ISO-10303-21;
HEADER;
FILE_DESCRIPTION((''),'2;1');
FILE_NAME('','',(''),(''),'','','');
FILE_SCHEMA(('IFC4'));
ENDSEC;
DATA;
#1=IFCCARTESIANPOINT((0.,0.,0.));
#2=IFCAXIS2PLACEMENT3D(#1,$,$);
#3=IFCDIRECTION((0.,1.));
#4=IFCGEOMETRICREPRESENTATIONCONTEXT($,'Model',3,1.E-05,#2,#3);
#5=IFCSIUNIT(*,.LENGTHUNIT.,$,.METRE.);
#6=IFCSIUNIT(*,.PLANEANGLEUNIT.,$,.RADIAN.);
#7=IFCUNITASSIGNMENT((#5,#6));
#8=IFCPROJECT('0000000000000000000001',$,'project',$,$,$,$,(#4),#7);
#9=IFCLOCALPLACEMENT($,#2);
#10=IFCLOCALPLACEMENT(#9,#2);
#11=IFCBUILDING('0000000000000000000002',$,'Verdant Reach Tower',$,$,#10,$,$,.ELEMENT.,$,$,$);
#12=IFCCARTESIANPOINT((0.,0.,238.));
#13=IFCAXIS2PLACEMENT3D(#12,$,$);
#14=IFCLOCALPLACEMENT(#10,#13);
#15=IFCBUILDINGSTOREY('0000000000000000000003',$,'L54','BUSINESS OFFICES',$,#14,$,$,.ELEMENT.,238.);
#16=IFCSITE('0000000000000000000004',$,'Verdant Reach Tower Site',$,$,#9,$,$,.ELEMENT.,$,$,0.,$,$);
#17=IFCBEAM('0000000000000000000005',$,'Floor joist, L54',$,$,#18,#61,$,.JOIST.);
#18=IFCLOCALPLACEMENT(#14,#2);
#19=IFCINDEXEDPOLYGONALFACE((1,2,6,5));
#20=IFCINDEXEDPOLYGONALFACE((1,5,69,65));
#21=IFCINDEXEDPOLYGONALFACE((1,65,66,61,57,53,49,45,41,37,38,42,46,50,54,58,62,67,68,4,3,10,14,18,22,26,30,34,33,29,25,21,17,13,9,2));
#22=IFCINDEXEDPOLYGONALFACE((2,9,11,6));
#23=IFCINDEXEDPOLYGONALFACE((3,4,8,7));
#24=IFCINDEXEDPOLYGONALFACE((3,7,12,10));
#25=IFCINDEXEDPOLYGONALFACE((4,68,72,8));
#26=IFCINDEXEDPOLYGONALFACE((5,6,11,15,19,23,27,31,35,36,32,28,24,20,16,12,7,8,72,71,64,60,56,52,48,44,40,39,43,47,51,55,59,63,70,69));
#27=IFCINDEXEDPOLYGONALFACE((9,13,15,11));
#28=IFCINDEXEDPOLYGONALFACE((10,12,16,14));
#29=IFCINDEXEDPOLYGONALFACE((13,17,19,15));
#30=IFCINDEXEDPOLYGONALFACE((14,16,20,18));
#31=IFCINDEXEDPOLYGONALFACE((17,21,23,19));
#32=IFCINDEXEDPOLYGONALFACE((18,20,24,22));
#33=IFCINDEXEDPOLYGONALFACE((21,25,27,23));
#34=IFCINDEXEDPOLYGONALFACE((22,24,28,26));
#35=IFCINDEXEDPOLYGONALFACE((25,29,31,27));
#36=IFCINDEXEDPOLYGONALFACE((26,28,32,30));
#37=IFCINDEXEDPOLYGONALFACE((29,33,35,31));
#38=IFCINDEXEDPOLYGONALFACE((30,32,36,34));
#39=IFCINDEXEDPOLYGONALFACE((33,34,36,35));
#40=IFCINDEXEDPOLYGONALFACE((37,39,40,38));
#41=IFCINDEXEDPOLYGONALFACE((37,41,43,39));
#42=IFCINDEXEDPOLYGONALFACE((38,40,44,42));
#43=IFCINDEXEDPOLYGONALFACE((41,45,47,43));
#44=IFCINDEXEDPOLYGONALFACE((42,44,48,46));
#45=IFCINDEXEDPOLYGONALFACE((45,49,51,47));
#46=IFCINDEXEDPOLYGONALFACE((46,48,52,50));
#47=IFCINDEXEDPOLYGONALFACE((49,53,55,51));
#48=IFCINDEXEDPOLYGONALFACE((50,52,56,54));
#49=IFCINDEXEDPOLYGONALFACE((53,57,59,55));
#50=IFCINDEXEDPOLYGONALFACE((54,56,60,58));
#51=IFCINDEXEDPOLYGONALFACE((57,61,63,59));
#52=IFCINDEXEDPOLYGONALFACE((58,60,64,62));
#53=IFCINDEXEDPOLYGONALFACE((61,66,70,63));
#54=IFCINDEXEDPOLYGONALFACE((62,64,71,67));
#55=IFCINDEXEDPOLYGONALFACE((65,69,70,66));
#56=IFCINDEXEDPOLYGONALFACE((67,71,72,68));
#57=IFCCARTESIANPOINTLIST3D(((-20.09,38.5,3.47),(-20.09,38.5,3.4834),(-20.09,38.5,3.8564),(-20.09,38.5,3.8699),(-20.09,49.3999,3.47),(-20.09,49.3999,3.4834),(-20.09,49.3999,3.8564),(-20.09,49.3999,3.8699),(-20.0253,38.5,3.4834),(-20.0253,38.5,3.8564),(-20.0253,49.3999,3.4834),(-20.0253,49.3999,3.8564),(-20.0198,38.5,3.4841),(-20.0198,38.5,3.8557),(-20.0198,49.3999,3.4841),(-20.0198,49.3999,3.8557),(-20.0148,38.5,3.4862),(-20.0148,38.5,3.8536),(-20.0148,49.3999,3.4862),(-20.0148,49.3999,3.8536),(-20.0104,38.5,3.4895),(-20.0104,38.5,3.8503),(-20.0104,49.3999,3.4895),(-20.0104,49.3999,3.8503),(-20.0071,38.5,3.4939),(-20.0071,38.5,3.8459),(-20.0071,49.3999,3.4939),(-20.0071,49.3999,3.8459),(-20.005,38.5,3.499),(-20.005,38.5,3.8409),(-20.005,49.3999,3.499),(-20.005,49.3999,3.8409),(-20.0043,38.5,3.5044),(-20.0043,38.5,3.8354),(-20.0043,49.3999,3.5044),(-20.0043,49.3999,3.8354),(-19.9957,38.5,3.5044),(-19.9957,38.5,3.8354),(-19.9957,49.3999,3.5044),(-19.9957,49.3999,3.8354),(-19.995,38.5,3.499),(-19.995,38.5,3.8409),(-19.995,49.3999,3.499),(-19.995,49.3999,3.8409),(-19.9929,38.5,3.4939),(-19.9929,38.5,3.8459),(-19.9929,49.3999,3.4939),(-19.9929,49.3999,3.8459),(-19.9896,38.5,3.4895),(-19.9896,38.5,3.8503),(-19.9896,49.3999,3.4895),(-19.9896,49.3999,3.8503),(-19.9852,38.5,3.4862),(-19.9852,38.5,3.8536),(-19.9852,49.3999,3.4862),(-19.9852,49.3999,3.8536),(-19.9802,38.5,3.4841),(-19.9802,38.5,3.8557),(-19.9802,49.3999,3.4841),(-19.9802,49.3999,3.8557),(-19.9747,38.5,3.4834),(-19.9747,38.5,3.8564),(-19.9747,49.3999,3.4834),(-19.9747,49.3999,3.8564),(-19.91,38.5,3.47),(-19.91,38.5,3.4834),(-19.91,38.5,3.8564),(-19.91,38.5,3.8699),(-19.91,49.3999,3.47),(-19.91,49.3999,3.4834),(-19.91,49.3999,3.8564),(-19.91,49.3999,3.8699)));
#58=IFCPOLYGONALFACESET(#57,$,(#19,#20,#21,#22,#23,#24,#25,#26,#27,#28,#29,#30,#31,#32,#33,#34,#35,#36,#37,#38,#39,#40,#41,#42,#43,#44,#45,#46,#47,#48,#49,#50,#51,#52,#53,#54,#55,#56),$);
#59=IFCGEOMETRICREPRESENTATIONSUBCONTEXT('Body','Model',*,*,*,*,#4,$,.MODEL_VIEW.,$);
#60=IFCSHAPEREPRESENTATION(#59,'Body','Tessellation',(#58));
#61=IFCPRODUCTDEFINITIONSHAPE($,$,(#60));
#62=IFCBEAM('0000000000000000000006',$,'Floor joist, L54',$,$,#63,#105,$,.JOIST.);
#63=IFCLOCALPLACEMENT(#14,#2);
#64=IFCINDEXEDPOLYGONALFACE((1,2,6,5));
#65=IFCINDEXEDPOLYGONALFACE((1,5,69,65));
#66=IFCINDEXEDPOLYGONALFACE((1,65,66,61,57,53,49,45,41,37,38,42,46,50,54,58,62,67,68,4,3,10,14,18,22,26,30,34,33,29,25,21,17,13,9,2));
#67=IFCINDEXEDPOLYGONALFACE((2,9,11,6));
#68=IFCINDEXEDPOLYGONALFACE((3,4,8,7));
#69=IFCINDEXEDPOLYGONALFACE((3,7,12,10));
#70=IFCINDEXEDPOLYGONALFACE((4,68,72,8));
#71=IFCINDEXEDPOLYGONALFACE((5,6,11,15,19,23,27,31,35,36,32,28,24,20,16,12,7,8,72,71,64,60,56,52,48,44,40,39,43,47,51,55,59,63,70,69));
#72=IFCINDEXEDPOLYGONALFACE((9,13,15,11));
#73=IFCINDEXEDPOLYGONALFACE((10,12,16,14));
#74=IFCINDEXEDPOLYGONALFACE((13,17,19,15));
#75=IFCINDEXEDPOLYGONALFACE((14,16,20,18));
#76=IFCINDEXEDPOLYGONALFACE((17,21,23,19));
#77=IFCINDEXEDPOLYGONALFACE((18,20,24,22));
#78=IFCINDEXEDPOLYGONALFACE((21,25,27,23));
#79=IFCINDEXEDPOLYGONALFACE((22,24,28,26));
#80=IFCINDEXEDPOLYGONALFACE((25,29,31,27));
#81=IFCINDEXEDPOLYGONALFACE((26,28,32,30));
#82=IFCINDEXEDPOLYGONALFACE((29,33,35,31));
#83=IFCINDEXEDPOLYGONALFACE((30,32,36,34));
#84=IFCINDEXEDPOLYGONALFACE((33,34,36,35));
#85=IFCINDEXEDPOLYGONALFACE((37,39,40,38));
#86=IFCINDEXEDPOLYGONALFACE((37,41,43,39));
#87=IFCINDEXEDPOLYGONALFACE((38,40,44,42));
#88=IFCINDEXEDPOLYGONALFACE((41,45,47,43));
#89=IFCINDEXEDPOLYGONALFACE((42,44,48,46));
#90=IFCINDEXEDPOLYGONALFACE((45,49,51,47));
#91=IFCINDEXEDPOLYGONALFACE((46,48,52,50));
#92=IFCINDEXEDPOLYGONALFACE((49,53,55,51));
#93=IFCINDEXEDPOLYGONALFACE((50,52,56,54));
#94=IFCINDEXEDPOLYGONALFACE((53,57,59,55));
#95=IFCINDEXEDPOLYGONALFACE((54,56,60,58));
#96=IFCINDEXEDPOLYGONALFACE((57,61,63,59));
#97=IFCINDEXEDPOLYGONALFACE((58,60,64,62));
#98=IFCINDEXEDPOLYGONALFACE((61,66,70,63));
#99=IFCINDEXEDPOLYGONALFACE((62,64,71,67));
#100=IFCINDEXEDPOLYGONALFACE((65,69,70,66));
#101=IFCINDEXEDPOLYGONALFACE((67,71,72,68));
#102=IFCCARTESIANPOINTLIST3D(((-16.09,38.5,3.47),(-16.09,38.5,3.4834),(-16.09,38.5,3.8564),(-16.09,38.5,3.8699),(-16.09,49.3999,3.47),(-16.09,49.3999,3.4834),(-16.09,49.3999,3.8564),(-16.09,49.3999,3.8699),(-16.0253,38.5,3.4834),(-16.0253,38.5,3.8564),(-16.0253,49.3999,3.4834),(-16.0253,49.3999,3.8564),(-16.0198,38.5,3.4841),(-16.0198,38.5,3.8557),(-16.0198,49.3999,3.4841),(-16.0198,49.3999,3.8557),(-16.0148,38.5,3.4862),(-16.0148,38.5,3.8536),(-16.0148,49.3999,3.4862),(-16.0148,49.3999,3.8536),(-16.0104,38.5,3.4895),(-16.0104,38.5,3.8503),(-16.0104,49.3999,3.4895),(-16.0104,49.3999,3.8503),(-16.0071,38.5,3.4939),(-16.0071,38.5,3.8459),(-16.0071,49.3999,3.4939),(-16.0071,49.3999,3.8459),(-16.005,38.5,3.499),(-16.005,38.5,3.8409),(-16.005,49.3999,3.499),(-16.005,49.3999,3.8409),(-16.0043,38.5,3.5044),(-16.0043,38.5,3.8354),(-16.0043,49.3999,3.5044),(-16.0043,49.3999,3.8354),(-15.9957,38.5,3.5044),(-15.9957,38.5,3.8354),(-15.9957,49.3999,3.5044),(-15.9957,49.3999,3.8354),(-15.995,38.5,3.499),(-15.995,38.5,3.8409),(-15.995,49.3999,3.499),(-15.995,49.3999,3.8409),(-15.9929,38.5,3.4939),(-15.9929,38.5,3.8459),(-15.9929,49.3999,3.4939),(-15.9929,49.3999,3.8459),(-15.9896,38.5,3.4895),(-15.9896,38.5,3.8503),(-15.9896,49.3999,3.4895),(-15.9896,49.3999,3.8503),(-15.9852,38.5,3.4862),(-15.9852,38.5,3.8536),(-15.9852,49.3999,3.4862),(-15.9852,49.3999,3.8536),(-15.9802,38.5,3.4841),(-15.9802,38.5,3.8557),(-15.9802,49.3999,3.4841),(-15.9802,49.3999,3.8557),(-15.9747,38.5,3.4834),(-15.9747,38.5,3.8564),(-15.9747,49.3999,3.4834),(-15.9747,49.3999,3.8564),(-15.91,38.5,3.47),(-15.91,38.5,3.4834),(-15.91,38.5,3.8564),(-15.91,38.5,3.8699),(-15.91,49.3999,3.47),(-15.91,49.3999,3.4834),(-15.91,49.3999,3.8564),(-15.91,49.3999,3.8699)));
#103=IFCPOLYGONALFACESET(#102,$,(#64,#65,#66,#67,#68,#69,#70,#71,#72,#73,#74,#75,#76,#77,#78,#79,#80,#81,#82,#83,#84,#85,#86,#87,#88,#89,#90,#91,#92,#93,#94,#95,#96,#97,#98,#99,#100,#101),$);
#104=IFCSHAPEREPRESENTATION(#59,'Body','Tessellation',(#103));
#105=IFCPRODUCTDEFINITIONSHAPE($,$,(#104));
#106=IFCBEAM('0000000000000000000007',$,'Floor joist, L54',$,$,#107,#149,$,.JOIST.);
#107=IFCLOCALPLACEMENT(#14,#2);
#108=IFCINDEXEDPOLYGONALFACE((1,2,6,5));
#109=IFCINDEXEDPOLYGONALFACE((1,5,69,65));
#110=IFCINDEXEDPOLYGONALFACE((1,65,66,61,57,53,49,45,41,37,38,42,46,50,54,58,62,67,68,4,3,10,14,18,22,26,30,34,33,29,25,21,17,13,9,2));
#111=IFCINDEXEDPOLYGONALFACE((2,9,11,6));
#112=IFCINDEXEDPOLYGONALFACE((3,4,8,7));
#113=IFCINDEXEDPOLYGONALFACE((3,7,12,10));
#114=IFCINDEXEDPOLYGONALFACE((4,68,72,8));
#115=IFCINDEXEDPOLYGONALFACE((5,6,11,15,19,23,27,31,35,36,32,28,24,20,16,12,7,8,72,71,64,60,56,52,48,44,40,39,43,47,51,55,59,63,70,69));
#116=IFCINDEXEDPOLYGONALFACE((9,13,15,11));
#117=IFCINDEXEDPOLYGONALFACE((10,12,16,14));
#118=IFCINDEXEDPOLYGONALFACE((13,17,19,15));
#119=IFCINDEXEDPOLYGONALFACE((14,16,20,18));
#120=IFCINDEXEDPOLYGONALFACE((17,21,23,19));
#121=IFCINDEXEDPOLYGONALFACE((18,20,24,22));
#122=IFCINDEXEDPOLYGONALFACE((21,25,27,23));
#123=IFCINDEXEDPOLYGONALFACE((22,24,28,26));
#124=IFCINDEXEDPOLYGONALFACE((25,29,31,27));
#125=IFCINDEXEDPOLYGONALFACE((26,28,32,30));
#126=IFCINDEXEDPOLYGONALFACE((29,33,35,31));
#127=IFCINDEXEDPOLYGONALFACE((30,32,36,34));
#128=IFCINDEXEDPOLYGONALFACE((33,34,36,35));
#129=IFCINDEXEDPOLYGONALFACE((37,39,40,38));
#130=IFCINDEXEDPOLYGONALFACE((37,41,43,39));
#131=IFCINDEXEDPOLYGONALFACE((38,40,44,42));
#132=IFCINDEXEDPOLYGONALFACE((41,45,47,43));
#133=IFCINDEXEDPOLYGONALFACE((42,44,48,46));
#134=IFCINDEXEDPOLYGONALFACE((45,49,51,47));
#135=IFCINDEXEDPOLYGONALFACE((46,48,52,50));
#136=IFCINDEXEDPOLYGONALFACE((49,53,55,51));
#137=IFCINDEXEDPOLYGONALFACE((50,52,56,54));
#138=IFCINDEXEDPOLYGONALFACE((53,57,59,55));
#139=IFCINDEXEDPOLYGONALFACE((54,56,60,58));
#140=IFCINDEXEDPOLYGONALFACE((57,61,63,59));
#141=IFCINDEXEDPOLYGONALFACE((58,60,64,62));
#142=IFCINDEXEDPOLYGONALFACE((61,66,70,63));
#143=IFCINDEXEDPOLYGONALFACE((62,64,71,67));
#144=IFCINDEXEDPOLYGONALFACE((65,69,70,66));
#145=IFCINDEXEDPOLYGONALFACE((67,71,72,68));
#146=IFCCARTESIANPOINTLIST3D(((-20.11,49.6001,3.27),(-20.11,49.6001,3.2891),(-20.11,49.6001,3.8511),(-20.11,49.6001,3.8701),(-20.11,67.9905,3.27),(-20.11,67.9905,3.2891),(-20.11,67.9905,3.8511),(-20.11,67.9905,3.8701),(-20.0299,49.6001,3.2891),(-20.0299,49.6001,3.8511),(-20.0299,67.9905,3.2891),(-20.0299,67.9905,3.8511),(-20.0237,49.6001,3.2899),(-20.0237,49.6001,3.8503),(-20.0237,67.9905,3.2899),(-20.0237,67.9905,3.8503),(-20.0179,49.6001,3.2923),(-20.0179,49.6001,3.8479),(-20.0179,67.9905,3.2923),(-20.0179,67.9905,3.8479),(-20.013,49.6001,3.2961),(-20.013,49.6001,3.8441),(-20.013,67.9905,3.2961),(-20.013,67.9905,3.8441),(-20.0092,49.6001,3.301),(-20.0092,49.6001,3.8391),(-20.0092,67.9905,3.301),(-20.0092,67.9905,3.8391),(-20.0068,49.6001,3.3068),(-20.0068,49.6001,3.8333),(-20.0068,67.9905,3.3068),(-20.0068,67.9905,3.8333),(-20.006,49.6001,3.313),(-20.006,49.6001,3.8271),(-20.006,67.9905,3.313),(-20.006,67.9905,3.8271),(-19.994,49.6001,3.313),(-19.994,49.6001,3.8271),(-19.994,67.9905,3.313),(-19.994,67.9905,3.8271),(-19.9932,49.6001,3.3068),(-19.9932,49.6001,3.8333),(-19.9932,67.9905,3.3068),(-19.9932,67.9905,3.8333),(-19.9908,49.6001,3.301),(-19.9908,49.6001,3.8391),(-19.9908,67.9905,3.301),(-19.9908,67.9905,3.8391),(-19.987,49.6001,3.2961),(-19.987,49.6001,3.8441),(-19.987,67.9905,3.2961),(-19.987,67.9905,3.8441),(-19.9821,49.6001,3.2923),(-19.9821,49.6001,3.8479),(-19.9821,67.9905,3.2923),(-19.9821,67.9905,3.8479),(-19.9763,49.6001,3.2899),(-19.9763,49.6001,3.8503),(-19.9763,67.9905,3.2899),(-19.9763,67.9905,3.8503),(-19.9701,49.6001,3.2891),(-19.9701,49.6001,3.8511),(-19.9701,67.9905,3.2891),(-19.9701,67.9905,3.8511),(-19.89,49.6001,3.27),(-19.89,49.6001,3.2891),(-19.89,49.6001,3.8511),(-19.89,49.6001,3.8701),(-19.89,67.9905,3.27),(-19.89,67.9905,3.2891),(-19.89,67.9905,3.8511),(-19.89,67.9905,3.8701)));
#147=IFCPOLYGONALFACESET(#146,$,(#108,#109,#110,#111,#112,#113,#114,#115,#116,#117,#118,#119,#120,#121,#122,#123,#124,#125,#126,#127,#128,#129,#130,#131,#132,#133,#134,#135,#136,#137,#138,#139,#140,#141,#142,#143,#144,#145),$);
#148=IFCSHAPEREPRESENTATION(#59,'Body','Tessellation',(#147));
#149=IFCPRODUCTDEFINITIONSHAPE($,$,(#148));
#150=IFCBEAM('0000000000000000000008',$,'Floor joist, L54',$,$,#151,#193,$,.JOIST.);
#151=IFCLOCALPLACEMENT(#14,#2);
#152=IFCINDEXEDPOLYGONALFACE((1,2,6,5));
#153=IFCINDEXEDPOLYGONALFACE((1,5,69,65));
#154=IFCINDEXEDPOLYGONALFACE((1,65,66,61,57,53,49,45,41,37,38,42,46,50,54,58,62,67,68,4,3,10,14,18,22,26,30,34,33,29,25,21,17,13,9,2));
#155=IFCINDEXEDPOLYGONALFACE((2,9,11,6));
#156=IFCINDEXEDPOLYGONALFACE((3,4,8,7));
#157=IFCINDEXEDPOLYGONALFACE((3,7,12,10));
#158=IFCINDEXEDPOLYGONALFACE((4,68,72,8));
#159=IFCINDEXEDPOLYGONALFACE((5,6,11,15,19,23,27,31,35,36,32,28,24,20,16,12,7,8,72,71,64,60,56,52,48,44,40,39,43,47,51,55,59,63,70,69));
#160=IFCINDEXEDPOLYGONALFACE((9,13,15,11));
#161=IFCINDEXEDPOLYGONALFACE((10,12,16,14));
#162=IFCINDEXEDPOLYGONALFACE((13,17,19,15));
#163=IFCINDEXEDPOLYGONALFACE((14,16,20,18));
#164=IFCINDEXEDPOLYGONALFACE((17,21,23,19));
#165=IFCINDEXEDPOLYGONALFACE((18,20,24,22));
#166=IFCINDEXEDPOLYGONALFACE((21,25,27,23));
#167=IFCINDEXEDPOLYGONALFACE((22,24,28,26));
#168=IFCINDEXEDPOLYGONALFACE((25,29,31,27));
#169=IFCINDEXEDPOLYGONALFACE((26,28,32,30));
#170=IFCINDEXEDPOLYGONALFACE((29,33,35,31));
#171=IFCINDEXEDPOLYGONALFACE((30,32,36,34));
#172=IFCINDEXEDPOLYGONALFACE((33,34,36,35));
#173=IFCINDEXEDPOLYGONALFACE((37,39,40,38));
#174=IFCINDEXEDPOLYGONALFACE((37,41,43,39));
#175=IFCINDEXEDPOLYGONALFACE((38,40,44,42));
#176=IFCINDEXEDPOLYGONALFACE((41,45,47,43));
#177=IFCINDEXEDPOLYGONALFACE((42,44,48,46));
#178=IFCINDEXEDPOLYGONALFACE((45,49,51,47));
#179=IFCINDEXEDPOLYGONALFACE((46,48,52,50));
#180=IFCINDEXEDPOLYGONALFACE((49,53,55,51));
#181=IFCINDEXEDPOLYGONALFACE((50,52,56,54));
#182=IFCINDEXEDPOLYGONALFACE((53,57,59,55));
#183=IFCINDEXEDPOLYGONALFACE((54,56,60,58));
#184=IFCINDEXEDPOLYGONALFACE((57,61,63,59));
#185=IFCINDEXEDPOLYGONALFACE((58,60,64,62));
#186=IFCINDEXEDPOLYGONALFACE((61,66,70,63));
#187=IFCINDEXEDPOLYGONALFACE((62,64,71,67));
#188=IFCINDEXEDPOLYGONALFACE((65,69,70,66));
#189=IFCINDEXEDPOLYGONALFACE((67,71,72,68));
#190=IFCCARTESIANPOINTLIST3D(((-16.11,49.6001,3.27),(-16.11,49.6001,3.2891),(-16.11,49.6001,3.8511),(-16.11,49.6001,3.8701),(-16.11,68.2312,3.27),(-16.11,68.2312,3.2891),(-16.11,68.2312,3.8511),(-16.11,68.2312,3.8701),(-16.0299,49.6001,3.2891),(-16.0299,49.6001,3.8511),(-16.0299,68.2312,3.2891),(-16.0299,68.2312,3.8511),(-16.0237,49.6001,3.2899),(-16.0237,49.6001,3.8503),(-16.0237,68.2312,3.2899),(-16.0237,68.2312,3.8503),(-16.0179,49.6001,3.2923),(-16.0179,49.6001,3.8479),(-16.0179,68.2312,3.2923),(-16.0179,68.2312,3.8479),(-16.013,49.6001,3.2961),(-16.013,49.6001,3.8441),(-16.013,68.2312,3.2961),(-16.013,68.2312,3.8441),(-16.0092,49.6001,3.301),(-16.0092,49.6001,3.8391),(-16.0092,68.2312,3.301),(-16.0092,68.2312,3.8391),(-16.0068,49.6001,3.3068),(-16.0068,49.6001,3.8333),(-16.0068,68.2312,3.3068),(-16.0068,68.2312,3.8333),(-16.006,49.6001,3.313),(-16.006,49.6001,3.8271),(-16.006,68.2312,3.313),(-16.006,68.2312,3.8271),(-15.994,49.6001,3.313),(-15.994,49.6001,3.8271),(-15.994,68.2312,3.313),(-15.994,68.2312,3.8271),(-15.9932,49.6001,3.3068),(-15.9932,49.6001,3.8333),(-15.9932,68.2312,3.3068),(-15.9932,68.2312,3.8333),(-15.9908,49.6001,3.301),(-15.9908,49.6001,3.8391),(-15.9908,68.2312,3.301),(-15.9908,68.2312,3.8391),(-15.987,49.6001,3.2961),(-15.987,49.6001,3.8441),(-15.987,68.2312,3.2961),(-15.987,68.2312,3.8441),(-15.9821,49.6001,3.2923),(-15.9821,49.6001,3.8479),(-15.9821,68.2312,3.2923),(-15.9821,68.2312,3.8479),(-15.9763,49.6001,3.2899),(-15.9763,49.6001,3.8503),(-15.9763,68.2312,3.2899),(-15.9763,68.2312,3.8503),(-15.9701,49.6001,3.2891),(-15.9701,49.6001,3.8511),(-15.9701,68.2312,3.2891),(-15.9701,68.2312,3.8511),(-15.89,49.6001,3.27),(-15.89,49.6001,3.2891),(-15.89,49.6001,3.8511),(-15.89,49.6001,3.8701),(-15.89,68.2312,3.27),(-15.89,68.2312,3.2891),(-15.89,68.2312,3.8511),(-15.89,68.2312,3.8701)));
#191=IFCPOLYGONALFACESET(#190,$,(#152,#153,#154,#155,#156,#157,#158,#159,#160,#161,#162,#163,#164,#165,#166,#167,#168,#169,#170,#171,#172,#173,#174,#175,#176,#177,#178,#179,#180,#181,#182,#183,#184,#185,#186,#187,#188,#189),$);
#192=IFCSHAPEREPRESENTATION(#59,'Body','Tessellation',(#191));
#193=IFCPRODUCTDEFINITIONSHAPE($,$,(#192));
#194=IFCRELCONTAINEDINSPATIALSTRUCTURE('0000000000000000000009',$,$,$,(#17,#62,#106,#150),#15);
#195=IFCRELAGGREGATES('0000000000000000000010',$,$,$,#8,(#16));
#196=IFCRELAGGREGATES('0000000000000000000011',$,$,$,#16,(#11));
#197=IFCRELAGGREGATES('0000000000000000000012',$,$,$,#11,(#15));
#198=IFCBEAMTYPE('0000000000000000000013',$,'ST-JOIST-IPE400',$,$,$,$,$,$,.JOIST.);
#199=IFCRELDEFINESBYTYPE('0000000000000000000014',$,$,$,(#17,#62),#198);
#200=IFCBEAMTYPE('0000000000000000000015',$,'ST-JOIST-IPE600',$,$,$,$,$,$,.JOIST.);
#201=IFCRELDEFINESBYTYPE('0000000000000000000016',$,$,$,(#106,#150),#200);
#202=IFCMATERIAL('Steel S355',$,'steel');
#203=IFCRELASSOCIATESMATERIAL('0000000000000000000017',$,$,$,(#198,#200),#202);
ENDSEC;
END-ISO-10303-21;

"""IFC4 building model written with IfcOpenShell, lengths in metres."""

from ifc_helpers import new_model, si_unit, direction, frame, origin, origin_2d, place, context, subcontext, project, spatial, i_section, extrude, material, material_profile, profile_set, type_object, element, save


model = new_model("IFC4")

# Units and contexts
model_context = context("Model", 3, precision=1e-05, world=origin(), true_north=direction((0.0, 1.0)))
body_context = subcontext(model_context, "Body", "Model", "MODEL_VIEW")
ifc_project = project(units=[si_unit("LENGTHUNIT", "METRE"), si_unit("PLANEANGLEUNIT", "RADIAN")], contexts=[model_context])

# Site, building, storey
site_placement = place(None, origin())
site = spatial("IfcSite", under=ifc_project, at=site_placement, Name="Verdant Reach Tower Site", CompositionType="ELEMENT", RefElevation=0.0)
building_placement = place(site_placement, origin())
building = spatial("IfcBuilding", under=site, at=building_placement, Name="Verdant Reach Tower", CompositionType="ELEMENT")
storey_placement = place(building_placement, frame((0.0, 0.0, 238.0)))
storey = spatial("IfcBuildingStorey", under=building, at=storey_placement, Name="L54", Description="BUSINESS OFFICES", CompositionType="ELEMENT", Elevation=238.0)

# Beams
ifc_material_1 = material(Name="Steel S355", Category="steel")
ifc_material_profile_1 = material_profile(ifc_material_1, i_section(OverallWidth=0.1799, OverallDepth=0.3999, WebThickness=0.0085, FlangeThickness=0.0134, FilletRadius=0.021, at=origin_2d()), Name="IPE 400")
ifc_profile_set_1 = profile_set([ifc_material_profile_1], Name="Steel S355")
beam_type_1 = type_object("IfcBeamType", Name="ST-JOIST-IPE400", PredefinedType="JOIST", material=ifc_profile_set_1)
for number, where, z_axis, x_axis, name in (
    (1, (-20.0, 38.5, 3.6699), (0.0, 1.0, 0.0), (-1.0, 0.0, 0.0), "Floor joist, L54"),
    (2, (-16.0, 38.5, 3.6699), (0.0, 1.0, 0.0), (-1.0, 0.0, 0.0), "Floor joist, L54"),
):
    element("IfcBeam", number, at=place(storey_placement, frame(where, z_axis=z_axis, x_axis=x_axis)), inside=storey, type_object=beam_type_1, Name=name, PredefinedType="JOIST", context=body_context, shape_type="SweptSolid", body=[
        extrude(i_section(OverallWidth=0.1799, OverallDepth=0.3999, WebThickness=0.0085, FlangeThickness=0.0134, FilletRadius=0.021, at=origin_2d()), origin(), (0.0, 0.0, 1.0), 10.8999),
    ])
ifc_material_profile_2 = material_profile(ifc_material_1, i_section(OverallWidth=0.22, OverallDepth=0.6001, WebThickness=0.012, FlangeThickness=0.019, FilletRadius=0.0239, at=origin_2d()), Name="IPE 600")
ifc_profile_set_2 = profile_set([ifc_material_profile_2], Name="Steel S355")
beam_type_2 = type_object("IfcBeamType", Name="ST-JOIST-IPE600", PredefinedType="JOIST", material=ifc_profile_set_2)
beam_1_placement = place(storey_placement, frame((-20.0, 49.6001, 3.5701), z_axis=(0.0, 1.0, 0.0), x_axis=(-1.0, 0.0, 0.0)))
element("IfcBeam", 3, at=beam_1_placement, inside=storey, type_object=beam_type_2, Name="Floor joist, L54", PredefinedType="JOIST", context=body_context, shape_type="SweptSolid", body=[
    extrude(i_section(OverallWidth=0.22, OverallDepth=0.6001, WebThickness=0.012, FlangeThickness=0.019, FilletRadius=0.0239, at=origin_2d()), origin(), (0.0, 0.0, 1.0), 18.3904),
])
beam_2_placement = place(storey_placement, frame((-16.0, 49.6001, 3.5701), z_axis=(0.0, 1.0, 0.0), x_axis=(-1.0, 0.0, 0.0)))
element("IfcBeam", 4, at=beam_2_placement, inside=storey, type_object=beam_type_2, Name="Floor joist, L54", PredefinedType="JOIST", context=body_context, shape_type="SweptSolid", body=[
    extrude(i_section(OverallWidth=0.22, OverallDepth=0.6001, WebThickness=0.012, FlangeThickness=0.019, FilletRadius=0.0239, at=origin_2d()), origin(), (0.0, 0.0, 1.0), 18.6311),
])

save(model, "model.ifc")
